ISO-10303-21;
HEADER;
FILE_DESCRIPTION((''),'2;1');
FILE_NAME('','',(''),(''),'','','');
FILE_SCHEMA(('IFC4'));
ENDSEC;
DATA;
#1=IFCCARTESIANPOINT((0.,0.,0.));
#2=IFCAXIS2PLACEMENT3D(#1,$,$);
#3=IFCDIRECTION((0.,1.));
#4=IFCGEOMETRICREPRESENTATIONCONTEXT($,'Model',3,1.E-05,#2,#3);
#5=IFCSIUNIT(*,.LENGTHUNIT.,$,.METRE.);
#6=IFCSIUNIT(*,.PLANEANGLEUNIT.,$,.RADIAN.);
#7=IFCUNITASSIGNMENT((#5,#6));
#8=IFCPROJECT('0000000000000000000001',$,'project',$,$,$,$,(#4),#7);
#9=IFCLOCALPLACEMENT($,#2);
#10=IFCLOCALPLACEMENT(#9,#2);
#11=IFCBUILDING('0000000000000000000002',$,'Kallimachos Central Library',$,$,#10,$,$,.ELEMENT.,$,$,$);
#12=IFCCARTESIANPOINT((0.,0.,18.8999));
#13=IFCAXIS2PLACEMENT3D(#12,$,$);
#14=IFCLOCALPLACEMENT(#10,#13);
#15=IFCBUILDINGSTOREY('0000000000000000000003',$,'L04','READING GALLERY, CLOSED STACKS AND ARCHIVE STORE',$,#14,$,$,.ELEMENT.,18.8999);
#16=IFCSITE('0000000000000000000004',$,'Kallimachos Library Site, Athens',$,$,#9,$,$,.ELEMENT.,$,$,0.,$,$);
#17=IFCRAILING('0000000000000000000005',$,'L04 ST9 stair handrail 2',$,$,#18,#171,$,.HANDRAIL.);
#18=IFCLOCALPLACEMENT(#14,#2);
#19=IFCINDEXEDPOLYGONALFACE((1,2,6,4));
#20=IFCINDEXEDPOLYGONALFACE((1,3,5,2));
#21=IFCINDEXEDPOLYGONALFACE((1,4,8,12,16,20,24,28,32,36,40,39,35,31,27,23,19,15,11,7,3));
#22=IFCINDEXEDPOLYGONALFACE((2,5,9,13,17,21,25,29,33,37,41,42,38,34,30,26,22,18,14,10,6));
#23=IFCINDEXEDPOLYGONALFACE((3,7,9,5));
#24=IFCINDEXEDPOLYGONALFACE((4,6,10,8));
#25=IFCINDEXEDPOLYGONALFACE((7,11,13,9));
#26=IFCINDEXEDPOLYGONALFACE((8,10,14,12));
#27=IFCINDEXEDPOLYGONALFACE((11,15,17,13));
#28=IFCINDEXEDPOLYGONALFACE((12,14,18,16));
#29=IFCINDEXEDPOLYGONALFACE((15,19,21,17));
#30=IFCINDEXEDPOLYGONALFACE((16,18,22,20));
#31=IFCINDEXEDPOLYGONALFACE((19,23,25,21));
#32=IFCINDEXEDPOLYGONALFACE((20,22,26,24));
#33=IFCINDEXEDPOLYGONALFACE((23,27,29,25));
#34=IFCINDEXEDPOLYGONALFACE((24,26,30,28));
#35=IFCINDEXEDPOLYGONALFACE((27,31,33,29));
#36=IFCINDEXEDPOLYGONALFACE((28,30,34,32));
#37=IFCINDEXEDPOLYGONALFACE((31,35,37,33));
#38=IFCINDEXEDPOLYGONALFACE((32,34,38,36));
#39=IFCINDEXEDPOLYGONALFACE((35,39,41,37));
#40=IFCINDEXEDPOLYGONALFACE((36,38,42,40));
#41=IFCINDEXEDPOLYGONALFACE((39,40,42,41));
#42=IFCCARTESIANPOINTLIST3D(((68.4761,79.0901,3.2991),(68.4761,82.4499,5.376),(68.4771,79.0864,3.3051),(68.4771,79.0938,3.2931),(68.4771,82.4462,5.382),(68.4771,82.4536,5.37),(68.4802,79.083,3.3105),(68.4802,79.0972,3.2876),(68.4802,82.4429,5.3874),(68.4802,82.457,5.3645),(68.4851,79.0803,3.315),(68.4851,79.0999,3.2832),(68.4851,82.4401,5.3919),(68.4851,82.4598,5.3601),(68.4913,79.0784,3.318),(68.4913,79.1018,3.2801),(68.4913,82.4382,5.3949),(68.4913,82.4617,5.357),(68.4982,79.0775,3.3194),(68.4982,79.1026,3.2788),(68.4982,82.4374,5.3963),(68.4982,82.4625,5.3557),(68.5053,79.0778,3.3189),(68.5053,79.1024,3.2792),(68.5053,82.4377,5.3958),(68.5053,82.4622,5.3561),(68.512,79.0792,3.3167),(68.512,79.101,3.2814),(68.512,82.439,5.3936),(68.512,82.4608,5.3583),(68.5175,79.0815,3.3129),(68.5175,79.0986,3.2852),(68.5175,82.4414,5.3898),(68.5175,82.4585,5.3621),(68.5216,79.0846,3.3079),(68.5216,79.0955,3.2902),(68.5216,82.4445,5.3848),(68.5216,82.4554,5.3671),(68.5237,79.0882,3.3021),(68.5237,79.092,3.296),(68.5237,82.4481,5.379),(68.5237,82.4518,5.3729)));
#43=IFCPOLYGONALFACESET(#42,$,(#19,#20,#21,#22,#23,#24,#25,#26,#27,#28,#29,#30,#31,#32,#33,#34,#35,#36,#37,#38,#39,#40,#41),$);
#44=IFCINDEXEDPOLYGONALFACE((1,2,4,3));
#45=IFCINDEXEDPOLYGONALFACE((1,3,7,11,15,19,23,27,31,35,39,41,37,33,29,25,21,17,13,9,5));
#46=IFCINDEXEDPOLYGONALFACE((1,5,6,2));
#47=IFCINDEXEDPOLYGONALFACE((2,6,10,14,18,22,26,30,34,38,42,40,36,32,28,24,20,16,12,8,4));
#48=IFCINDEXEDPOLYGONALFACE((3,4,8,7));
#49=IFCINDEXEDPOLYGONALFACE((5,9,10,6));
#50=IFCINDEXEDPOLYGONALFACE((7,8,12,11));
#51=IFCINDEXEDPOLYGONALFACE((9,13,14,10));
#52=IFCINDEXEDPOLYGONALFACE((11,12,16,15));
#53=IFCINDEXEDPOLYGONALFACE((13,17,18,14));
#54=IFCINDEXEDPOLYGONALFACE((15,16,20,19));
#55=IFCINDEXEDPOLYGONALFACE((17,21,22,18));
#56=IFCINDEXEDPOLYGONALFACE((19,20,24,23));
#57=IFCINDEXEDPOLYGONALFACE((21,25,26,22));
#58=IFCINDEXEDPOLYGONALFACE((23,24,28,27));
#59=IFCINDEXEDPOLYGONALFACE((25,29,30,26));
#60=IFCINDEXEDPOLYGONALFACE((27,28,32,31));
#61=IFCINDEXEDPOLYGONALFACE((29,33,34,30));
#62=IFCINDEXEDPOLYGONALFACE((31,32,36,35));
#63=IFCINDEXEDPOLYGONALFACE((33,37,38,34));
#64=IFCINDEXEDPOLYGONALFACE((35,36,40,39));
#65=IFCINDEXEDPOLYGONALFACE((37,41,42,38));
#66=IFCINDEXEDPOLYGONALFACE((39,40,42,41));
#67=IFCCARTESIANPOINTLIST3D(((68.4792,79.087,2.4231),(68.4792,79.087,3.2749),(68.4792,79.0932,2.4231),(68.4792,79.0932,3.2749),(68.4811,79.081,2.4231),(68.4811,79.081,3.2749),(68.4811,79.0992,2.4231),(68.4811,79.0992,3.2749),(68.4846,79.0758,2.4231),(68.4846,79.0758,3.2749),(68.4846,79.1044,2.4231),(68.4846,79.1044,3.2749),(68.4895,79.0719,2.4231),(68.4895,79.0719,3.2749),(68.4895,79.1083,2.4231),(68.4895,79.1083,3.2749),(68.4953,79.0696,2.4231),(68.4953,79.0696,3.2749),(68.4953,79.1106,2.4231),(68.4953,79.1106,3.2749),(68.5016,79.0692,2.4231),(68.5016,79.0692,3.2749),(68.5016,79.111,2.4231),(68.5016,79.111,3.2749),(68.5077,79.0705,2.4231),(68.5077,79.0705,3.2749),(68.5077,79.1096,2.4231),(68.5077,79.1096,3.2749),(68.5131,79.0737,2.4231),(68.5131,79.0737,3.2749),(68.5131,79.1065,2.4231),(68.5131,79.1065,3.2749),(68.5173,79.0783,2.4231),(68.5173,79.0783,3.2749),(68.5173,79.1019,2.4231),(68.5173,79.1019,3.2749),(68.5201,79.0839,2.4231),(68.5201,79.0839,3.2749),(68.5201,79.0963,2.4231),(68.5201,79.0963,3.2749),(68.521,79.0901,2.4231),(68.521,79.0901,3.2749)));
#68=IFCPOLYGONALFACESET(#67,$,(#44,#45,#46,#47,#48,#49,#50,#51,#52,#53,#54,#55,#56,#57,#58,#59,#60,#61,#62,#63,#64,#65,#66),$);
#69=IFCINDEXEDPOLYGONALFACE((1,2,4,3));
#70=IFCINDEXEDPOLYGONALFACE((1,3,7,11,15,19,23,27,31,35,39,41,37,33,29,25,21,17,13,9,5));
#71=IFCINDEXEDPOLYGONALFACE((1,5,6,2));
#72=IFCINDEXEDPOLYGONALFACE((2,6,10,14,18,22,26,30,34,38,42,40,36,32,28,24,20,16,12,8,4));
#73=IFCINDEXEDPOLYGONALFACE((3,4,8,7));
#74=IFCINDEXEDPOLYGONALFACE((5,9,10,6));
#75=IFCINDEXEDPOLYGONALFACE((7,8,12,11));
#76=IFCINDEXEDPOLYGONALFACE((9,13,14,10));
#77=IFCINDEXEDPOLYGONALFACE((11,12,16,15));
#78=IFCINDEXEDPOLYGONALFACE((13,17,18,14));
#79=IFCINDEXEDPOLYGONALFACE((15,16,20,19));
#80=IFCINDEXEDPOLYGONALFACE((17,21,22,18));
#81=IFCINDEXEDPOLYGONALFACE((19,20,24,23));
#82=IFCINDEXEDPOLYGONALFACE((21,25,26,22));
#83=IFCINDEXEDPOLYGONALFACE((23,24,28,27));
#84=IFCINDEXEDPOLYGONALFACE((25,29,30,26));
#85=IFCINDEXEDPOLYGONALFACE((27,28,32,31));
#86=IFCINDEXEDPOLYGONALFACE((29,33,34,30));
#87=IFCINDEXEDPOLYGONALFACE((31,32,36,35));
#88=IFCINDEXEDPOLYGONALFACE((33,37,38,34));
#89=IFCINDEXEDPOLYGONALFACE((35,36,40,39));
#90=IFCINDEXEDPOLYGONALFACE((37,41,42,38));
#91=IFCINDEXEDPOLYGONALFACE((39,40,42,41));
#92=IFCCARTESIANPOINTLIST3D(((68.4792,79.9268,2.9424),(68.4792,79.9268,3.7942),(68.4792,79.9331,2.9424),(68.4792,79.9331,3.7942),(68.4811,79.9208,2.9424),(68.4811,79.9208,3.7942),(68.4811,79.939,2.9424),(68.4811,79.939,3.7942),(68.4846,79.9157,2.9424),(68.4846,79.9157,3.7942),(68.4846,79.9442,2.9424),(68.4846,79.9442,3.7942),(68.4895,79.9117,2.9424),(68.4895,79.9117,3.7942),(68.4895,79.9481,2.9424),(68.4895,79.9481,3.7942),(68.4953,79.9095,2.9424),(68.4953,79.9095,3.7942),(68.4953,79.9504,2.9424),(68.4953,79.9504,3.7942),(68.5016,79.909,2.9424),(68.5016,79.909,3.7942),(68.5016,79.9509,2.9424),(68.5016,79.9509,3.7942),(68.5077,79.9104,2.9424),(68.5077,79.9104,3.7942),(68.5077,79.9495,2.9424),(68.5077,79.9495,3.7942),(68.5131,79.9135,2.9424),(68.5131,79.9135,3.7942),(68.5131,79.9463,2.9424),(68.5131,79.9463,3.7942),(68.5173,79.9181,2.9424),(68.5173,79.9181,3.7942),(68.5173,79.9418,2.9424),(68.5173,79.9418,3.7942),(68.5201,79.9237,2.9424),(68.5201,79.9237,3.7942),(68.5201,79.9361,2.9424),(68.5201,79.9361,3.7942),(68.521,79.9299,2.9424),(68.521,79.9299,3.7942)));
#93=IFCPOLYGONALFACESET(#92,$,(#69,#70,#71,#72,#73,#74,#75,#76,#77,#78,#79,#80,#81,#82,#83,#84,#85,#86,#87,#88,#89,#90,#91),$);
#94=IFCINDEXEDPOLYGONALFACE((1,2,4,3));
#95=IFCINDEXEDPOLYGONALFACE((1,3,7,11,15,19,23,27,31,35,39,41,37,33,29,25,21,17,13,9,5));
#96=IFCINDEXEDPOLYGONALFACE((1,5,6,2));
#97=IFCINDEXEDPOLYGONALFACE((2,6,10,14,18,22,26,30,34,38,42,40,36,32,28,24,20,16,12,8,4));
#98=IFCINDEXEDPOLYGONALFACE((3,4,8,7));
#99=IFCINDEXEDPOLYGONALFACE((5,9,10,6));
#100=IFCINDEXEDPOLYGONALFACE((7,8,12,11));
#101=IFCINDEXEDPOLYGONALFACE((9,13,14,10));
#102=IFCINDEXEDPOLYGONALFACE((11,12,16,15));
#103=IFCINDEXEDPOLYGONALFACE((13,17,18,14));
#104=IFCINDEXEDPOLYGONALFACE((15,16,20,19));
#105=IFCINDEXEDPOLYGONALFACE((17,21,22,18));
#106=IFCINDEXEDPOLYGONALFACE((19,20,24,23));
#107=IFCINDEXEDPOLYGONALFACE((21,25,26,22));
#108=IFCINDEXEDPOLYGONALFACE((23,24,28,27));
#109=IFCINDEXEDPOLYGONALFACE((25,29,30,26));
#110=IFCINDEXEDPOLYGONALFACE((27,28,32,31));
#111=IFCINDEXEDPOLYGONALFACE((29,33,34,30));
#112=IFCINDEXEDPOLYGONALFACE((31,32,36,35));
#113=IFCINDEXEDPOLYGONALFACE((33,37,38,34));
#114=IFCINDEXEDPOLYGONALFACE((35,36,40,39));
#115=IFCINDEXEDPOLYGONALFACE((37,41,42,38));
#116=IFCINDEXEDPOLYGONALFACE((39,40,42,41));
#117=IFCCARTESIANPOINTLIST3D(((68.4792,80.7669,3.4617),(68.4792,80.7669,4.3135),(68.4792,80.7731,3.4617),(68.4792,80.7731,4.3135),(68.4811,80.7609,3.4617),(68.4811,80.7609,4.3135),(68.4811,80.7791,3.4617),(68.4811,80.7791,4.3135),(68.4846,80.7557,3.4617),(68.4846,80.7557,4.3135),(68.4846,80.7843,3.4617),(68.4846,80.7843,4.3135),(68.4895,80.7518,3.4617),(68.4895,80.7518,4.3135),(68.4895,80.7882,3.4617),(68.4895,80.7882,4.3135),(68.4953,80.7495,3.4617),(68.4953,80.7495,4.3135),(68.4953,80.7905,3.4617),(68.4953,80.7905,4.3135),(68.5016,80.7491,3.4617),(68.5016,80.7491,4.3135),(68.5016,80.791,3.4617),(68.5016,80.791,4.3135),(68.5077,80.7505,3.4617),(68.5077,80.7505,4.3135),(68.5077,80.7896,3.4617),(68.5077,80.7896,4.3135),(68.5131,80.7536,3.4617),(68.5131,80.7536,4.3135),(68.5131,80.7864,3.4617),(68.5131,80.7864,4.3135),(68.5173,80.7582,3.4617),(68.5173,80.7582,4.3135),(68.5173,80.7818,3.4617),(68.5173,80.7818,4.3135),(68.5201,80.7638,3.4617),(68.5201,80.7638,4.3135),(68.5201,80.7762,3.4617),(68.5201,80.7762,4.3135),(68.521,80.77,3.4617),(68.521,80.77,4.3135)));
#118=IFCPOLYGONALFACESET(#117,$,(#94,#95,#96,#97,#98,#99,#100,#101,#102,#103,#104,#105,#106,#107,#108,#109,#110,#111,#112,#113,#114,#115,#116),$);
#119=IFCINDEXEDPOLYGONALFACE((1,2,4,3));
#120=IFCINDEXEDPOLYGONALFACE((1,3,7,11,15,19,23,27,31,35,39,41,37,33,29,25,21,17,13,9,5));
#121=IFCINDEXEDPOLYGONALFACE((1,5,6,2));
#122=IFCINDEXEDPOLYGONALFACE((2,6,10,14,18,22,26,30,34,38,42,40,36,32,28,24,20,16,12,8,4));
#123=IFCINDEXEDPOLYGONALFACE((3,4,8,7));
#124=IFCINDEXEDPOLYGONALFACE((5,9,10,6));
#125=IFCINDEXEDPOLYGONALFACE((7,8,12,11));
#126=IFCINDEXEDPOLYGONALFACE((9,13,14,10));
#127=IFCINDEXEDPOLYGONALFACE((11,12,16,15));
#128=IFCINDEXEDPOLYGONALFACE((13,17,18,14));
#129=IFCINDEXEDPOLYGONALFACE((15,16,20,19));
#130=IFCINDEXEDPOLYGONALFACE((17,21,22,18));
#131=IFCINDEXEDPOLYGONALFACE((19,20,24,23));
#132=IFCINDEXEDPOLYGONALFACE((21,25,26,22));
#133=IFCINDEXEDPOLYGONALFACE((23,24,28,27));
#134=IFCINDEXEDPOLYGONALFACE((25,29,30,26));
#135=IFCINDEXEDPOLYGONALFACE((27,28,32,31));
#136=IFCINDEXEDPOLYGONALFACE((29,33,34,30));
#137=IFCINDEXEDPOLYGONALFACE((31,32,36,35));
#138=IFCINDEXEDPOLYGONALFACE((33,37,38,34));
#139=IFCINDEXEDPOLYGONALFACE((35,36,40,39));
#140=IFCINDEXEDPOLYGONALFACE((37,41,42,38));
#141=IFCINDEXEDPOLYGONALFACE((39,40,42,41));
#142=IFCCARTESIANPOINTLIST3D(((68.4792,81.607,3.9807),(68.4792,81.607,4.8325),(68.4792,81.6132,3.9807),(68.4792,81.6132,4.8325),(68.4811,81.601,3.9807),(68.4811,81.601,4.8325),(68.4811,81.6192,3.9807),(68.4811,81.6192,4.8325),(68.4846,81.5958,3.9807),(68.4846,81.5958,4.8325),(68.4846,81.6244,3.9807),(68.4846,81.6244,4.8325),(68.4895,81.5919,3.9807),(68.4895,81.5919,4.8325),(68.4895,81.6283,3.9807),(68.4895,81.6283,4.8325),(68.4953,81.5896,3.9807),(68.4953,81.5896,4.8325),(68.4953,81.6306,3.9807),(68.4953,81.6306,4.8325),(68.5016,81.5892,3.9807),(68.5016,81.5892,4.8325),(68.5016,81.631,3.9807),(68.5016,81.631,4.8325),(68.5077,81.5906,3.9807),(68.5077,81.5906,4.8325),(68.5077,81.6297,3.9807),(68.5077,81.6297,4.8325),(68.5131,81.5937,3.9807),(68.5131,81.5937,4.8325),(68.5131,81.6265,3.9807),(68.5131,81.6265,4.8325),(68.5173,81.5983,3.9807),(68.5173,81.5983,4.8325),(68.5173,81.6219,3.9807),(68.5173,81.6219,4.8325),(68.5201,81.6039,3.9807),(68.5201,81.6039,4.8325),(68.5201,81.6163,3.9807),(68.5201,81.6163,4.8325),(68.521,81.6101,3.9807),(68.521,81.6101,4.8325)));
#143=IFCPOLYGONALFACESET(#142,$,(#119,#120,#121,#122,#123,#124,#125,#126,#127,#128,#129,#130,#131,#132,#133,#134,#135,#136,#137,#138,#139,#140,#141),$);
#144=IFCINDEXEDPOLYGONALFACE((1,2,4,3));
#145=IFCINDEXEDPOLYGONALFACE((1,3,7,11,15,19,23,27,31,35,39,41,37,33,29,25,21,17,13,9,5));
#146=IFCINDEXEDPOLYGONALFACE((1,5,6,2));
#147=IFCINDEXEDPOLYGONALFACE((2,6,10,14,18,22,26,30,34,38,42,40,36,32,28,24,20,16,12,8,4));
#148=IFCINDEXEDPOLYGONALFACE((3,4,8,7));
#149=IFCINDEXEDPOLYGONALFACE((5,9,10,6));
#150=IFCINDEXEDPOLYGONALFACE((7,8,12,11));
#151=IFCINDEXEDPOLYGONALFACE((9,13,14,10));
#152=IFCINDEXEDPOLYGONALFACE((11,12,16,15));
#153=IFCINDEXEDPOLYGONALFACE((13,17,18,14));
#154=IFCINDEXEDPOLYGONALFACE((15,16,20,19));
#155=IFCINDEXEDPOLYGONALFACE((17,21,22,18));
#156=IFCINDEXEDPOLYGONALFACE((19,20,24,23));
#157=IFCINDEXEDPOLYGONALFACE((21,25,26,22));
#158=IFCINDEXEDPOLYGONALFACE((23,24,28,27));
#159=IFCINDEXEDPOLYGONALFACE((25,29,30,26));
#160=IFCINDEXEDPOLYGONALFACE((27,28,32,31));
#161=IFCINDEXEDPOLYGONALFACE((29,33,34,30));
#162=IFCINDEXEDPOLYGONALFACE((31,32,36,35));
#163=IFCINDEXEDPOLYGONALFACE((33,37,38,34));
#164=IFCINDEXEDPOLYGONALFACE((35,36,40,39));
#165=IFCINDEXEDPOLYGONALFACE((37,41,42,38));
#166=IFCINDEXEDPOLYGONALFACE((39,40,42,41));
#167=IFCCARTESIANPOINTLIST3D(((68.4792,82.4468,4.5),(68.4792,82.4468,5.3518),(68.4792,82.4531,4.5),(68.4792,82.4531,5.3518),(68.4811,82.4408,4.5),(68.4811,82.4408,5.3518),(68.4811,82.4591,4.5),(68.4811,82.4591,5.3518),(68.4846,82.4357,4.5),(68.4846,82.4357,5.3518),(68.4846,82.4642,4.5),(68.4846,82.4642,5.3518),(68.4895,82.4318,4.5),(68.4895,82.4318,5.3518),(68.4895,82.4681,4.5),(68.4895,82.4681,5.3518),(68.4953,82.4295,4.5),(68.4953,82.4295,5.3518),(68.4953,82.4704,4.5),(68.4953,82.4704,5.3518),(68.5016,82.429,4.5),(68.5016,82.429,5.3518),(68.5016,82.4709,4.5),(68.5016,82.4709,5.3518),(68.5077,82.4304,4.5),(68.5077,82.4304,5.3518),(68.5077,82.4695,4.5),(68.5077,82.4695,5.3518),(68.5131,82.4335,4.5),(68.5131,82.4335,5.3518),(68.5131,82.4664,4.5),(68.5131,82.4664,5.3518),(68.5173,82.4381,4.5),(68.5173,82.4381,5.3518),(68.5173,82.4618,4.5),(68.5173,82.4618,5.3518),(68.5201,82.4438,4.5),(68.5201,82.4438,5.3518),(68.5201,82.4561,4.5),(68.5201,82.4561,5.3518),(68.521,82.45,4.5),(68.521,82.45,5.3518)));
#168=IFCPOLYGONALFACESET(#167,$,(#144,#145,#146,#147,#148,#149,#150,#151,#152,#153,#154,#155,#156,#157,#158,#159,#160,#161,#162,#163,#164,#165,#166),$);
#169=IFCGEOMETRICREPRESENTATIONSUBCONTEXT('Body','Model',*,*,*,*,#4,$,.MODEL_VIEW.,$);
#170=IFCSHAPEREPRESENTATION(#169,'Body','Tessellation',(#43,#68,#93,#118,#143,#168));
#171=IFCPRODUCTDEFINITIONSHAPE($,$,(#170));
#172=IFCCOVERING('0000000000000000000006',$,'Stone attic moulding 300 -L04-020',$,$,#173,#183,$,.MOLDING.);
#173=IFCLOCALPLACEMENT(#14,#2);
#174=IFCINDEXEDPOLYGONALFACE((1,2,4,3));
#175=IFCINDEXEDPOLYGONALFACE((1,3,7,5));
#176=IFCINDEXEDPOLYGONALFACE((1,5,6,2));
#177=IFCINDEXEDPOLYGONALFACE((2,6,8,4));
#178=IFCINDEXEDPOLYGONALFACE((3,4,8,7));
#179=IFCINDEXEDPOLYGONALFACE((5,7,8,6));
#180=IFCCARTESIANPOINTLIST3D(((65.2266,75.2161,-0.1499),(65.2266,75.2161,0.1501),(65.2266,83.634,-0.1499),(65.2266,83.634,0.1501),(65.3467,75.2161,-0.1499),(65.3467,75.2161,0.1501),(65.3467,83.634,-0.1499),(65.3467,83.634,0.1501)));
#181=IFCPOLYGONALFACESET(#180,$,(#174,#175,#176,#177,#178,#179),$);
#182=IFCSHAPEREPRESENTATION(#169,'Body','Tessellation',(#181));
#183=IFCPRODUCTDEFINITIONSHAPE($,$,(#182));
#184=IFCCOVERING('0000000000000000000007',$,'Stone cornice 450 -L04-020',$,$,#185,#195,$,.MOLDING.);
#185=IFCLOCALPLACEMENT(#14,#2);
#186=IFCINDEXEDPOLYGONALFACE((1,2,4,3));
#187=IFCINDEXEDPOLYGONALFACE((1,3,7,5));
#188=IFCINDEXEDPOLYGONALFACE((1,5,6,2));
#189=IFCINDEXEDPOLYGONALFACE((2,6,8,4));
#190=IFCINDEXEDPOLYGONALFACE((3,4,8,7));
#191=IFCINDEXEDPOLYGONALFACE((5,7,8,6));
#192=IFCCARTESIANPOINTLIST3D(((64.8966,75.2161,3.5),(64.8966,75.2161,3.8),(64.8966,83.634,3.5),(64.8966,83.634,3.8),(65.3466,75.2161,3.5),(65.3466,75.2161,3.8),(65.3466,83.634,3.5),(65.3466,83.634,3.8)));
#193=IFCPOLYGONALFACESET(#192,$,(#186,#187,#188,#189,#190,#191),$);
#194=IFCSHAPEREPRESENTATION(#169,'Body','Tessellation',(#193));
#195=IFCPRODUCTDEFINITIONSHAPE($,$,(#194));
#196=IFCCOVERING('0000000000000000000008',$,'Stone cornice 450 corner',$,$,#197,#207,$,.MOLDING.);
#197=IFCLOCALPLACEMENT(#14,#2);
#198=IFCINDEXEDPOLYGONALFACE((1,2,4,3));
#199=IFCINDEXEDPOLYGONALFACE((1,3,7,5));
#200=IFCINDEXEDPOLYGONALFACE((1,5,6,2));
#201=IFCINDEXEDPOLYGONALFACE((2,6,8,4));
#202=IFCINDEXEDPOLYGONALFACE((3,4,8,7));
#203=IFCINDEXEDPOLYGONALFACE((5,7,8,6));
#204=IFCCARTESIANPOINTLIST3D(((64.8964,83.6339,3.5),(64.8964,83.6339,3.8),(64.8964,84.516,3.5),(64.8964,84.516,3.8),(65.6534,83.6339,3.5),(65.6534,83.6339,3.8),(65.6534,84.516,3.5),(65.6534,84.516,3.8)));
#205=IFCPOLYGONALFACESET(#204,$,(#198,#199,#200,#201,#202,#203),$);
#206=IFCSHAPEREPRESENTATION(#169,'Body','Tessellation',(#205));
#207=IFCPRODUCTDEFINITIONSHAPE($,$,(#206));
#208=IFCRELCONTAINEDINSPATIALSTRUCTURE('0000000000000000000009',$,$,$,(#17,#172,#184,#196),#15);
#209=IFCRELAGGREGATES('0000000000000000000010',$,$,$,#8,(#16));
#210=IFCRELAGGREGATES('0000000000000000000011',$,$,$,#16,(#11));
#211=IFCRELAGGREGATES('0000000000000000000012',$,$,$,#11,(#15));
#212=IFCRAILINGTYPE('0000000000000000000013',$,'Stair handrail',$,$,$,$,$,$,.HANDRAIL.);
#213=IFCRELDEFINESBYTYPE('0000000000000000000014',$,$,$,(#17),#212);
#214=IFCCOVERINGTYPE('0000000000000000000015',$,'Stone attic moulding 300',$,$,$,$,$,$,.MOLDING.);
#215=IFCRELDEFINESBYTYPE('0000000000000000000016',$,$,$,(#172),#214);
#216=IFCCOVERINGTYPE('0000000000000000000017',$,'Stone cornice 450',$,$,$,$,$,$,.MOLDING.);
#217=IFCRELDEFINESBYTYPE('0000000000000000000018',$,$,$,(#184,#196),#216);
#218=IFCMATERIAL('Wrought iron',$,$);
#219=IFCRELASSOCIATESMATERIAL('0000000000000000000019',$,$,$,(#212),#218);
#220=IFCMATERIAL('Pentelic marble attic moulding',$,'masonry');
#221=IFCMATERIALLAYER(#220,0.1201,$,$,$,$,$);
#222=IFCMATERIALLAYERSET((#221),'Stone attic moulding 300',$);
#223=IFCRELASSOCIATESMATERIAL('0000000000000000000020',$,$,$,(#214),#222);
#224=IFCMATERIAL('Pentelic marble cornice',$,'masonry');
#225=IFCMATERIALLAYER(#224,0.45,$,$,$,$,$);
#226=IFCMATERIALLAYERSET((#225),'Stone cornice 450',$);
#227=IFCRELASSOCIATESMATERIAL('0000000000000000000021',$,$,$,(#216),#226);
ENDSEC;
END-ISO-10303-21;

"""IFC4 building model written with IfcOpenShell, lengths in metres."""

from ifc_helpers import new_model, si_unit, direction, frame, origin, origin_2d, place, context, subcontext, project, spatial, rectangle, circle, extrude, material, layer, layer_set, type_object, element, save


model = new_model("IFC4")

# Units and contexts
model_context = context("Model", 3, precision=1e-05, world=origin(), true_north=direction((0.0, 1.0)))
body_context = subcontext(model_context, "Body", "Model", "MODEL_VIEW")
ifc_project = project(units=[si_unit("LENGTHUNIT", "METRE"), si_unit("PLANEANGLEUNIT", "RADIAN")], contexts=[model_context])

# Site, building, storey
site_placement = place(None, origin())
site = spatial("IfcSite", under=ifc_project, at=site_placement, Name="Kallimachos Library Site, Athens", CompositionType="ELEMENT", RefElevation=0.0)
building_placement = place(site_placement, origin())
building = spatial("IfcBuilding", under=site, at=building_placement, Name="Kallimachos Central Library", CompositionType="ELEMENT")
storey_placement = place(building_placement, frame((0.0, 0.0, 18.8999)))
storey = spatial("IfcBuildingStorey", under=building, at=storey_placement, Name="L04", Description="READING GALLERY, CLOSED STACKS AND ARCHIVE STORE", CompositionType="ELEMENT", Elevation=18.8999)

# Railing
ifc_material_1 = material(Name="Wrought iron")
railing_type_1 = type_object("IfcRailingType", Name="Stair handrail", PredefinedType="HANDRAIL", material=ifc_material_1)
railing_1_placement = place(storey_placement, frame((68.5, 79.0901, 2.4231)))
element("IfcRailing", 1, at=railing_1_placement, inside=storey, type_object=railing_type_1, Name="L04 ST9 stair handrail 2", PredefinedType="HANDRAIL", context=body_context, shape_type="SweptSolid", body=[
    extrude(circle(Radius=0.0239, at=origin_2d()), frame((0.0, 0.0, 0.876), z_axis=(0.0, 0.850606, 0.525803), x_axis=(-1.0, 0.0, 0.0)), (0.0, 0.0, 1.0), 3.95),
    extrude(circle(Radius=0.021, at=origin_2d()), origin(), (0.0, 0.0, 1.0), 0.8518),
    extrude(circle(Radius=0.021, at=origin_2d()), frame((0.0, 0.8398, 0.5193)), (0.0, 0.0, 1.0), 0.8518),
    extrude(circle(Radius=0.021, at=origin_2d()), frame((0.0, 1.6799, 1.0386)), (0.0, 0.0, 1.0), 0.8518),
    extrude(circle(Radius=0.021, at=origin_2d()), frame((0.0, 2.52, 1.5576)), (0.0, 0.0, 1.0), 0.8518),
    extrude(circle(Radius=0.021, at=origin_2d()), frame((0.0, 3.3599, 2.0769)), (0.0, 0.0, 1.0), 0.8518),
])

# Coverings
ifc_material_2 = material(Name="Pentelic marble attic moulding", Category="masonry")
ifc_layer_1 = layer(ifc_material_2, 0.1201)
ifc_layer_set_1 = layer_set([ifc_layer_1], Name="Stone attic moulding 300")
covering_type_1 = type_object("IfcCoveringType", Name="Stone attic moulding 300", PredefinedType="MOLDING", material=ifc_layer_set_1)
covering_1_placement = place(storey_placement, frame((65.2866, 79.425, -0.1499), z_axis=(0.0, 0.0, 1.0), x_axis=(1.0, 0.0, 0.0)))
element("IfcCovering", 2, at=covering_1_placement, inside=storey, type_object=covering_type_1, Name="Stone attic moulding 300 -L04-020", PredefinedType="MOLDING", context=body_context, shape_type="SweptSolid", body=[
    extrude(rectangle(XDim=0.1201, YDim=8.418, at=origin_2d()), origin(), (0.0, 0.0, 1.0), 0.3),
])
ifc_material_3 = material(Name="Pentelic marble cornice", Category="masonry")
ifc_layer_2 = layer(ifc_material_3, 0.45)
ifc_layer_set_2 = layer_set([ifc_layer_2], Name="Stone cornice 450")
covering_type_2 = type_object("IfcCoveringType", Name="Stone cornice 450", PredefinedType="MOLDING", material=ifc_layer_set_2)
covering_2_placement = place(storey_placement, frame((65.1216, 79.425, 3.5), z_axis=(0.0, 0.0, 1.0), x_axis=(1.0, 0.0, 0.0)))
element("IfcCovering", 3, at=covering_2_placement, inside=storey, type_object=covering_type_2, Name="Stone cornice 450 -L04-020", PredefinedType="MOLDING", context=body_context, shape_type="SweptSolid", body=[
    extrude(rectangle(XDim=0.45, YDim=8.418, at=origin_2d()), origin(), (0.0, 0.0, 1.0), 0.3),
])
covering_3_placement = place(storey_placement, frame((65.2749, 84.075, 3.5), z_axis=(0.0, 0.0, 1.0), x_axis=(1.0, 0.0, 0.0)))
element("IfcCovering", 4, at=covering_3_placement, inside=storey, type_object=covering_type_2, Name="Stone cornice 450 corner", PredefinedType="MOLDING", context=body_context, shape_type="SweptSolid", body=[
    extrude(rectangle(XDim=0.7571, YDim=0.8821, at=origin_2d()), origin(), (0.0, 0.0, 1.0), 0.3),
])

save(model, "model.ifc")
